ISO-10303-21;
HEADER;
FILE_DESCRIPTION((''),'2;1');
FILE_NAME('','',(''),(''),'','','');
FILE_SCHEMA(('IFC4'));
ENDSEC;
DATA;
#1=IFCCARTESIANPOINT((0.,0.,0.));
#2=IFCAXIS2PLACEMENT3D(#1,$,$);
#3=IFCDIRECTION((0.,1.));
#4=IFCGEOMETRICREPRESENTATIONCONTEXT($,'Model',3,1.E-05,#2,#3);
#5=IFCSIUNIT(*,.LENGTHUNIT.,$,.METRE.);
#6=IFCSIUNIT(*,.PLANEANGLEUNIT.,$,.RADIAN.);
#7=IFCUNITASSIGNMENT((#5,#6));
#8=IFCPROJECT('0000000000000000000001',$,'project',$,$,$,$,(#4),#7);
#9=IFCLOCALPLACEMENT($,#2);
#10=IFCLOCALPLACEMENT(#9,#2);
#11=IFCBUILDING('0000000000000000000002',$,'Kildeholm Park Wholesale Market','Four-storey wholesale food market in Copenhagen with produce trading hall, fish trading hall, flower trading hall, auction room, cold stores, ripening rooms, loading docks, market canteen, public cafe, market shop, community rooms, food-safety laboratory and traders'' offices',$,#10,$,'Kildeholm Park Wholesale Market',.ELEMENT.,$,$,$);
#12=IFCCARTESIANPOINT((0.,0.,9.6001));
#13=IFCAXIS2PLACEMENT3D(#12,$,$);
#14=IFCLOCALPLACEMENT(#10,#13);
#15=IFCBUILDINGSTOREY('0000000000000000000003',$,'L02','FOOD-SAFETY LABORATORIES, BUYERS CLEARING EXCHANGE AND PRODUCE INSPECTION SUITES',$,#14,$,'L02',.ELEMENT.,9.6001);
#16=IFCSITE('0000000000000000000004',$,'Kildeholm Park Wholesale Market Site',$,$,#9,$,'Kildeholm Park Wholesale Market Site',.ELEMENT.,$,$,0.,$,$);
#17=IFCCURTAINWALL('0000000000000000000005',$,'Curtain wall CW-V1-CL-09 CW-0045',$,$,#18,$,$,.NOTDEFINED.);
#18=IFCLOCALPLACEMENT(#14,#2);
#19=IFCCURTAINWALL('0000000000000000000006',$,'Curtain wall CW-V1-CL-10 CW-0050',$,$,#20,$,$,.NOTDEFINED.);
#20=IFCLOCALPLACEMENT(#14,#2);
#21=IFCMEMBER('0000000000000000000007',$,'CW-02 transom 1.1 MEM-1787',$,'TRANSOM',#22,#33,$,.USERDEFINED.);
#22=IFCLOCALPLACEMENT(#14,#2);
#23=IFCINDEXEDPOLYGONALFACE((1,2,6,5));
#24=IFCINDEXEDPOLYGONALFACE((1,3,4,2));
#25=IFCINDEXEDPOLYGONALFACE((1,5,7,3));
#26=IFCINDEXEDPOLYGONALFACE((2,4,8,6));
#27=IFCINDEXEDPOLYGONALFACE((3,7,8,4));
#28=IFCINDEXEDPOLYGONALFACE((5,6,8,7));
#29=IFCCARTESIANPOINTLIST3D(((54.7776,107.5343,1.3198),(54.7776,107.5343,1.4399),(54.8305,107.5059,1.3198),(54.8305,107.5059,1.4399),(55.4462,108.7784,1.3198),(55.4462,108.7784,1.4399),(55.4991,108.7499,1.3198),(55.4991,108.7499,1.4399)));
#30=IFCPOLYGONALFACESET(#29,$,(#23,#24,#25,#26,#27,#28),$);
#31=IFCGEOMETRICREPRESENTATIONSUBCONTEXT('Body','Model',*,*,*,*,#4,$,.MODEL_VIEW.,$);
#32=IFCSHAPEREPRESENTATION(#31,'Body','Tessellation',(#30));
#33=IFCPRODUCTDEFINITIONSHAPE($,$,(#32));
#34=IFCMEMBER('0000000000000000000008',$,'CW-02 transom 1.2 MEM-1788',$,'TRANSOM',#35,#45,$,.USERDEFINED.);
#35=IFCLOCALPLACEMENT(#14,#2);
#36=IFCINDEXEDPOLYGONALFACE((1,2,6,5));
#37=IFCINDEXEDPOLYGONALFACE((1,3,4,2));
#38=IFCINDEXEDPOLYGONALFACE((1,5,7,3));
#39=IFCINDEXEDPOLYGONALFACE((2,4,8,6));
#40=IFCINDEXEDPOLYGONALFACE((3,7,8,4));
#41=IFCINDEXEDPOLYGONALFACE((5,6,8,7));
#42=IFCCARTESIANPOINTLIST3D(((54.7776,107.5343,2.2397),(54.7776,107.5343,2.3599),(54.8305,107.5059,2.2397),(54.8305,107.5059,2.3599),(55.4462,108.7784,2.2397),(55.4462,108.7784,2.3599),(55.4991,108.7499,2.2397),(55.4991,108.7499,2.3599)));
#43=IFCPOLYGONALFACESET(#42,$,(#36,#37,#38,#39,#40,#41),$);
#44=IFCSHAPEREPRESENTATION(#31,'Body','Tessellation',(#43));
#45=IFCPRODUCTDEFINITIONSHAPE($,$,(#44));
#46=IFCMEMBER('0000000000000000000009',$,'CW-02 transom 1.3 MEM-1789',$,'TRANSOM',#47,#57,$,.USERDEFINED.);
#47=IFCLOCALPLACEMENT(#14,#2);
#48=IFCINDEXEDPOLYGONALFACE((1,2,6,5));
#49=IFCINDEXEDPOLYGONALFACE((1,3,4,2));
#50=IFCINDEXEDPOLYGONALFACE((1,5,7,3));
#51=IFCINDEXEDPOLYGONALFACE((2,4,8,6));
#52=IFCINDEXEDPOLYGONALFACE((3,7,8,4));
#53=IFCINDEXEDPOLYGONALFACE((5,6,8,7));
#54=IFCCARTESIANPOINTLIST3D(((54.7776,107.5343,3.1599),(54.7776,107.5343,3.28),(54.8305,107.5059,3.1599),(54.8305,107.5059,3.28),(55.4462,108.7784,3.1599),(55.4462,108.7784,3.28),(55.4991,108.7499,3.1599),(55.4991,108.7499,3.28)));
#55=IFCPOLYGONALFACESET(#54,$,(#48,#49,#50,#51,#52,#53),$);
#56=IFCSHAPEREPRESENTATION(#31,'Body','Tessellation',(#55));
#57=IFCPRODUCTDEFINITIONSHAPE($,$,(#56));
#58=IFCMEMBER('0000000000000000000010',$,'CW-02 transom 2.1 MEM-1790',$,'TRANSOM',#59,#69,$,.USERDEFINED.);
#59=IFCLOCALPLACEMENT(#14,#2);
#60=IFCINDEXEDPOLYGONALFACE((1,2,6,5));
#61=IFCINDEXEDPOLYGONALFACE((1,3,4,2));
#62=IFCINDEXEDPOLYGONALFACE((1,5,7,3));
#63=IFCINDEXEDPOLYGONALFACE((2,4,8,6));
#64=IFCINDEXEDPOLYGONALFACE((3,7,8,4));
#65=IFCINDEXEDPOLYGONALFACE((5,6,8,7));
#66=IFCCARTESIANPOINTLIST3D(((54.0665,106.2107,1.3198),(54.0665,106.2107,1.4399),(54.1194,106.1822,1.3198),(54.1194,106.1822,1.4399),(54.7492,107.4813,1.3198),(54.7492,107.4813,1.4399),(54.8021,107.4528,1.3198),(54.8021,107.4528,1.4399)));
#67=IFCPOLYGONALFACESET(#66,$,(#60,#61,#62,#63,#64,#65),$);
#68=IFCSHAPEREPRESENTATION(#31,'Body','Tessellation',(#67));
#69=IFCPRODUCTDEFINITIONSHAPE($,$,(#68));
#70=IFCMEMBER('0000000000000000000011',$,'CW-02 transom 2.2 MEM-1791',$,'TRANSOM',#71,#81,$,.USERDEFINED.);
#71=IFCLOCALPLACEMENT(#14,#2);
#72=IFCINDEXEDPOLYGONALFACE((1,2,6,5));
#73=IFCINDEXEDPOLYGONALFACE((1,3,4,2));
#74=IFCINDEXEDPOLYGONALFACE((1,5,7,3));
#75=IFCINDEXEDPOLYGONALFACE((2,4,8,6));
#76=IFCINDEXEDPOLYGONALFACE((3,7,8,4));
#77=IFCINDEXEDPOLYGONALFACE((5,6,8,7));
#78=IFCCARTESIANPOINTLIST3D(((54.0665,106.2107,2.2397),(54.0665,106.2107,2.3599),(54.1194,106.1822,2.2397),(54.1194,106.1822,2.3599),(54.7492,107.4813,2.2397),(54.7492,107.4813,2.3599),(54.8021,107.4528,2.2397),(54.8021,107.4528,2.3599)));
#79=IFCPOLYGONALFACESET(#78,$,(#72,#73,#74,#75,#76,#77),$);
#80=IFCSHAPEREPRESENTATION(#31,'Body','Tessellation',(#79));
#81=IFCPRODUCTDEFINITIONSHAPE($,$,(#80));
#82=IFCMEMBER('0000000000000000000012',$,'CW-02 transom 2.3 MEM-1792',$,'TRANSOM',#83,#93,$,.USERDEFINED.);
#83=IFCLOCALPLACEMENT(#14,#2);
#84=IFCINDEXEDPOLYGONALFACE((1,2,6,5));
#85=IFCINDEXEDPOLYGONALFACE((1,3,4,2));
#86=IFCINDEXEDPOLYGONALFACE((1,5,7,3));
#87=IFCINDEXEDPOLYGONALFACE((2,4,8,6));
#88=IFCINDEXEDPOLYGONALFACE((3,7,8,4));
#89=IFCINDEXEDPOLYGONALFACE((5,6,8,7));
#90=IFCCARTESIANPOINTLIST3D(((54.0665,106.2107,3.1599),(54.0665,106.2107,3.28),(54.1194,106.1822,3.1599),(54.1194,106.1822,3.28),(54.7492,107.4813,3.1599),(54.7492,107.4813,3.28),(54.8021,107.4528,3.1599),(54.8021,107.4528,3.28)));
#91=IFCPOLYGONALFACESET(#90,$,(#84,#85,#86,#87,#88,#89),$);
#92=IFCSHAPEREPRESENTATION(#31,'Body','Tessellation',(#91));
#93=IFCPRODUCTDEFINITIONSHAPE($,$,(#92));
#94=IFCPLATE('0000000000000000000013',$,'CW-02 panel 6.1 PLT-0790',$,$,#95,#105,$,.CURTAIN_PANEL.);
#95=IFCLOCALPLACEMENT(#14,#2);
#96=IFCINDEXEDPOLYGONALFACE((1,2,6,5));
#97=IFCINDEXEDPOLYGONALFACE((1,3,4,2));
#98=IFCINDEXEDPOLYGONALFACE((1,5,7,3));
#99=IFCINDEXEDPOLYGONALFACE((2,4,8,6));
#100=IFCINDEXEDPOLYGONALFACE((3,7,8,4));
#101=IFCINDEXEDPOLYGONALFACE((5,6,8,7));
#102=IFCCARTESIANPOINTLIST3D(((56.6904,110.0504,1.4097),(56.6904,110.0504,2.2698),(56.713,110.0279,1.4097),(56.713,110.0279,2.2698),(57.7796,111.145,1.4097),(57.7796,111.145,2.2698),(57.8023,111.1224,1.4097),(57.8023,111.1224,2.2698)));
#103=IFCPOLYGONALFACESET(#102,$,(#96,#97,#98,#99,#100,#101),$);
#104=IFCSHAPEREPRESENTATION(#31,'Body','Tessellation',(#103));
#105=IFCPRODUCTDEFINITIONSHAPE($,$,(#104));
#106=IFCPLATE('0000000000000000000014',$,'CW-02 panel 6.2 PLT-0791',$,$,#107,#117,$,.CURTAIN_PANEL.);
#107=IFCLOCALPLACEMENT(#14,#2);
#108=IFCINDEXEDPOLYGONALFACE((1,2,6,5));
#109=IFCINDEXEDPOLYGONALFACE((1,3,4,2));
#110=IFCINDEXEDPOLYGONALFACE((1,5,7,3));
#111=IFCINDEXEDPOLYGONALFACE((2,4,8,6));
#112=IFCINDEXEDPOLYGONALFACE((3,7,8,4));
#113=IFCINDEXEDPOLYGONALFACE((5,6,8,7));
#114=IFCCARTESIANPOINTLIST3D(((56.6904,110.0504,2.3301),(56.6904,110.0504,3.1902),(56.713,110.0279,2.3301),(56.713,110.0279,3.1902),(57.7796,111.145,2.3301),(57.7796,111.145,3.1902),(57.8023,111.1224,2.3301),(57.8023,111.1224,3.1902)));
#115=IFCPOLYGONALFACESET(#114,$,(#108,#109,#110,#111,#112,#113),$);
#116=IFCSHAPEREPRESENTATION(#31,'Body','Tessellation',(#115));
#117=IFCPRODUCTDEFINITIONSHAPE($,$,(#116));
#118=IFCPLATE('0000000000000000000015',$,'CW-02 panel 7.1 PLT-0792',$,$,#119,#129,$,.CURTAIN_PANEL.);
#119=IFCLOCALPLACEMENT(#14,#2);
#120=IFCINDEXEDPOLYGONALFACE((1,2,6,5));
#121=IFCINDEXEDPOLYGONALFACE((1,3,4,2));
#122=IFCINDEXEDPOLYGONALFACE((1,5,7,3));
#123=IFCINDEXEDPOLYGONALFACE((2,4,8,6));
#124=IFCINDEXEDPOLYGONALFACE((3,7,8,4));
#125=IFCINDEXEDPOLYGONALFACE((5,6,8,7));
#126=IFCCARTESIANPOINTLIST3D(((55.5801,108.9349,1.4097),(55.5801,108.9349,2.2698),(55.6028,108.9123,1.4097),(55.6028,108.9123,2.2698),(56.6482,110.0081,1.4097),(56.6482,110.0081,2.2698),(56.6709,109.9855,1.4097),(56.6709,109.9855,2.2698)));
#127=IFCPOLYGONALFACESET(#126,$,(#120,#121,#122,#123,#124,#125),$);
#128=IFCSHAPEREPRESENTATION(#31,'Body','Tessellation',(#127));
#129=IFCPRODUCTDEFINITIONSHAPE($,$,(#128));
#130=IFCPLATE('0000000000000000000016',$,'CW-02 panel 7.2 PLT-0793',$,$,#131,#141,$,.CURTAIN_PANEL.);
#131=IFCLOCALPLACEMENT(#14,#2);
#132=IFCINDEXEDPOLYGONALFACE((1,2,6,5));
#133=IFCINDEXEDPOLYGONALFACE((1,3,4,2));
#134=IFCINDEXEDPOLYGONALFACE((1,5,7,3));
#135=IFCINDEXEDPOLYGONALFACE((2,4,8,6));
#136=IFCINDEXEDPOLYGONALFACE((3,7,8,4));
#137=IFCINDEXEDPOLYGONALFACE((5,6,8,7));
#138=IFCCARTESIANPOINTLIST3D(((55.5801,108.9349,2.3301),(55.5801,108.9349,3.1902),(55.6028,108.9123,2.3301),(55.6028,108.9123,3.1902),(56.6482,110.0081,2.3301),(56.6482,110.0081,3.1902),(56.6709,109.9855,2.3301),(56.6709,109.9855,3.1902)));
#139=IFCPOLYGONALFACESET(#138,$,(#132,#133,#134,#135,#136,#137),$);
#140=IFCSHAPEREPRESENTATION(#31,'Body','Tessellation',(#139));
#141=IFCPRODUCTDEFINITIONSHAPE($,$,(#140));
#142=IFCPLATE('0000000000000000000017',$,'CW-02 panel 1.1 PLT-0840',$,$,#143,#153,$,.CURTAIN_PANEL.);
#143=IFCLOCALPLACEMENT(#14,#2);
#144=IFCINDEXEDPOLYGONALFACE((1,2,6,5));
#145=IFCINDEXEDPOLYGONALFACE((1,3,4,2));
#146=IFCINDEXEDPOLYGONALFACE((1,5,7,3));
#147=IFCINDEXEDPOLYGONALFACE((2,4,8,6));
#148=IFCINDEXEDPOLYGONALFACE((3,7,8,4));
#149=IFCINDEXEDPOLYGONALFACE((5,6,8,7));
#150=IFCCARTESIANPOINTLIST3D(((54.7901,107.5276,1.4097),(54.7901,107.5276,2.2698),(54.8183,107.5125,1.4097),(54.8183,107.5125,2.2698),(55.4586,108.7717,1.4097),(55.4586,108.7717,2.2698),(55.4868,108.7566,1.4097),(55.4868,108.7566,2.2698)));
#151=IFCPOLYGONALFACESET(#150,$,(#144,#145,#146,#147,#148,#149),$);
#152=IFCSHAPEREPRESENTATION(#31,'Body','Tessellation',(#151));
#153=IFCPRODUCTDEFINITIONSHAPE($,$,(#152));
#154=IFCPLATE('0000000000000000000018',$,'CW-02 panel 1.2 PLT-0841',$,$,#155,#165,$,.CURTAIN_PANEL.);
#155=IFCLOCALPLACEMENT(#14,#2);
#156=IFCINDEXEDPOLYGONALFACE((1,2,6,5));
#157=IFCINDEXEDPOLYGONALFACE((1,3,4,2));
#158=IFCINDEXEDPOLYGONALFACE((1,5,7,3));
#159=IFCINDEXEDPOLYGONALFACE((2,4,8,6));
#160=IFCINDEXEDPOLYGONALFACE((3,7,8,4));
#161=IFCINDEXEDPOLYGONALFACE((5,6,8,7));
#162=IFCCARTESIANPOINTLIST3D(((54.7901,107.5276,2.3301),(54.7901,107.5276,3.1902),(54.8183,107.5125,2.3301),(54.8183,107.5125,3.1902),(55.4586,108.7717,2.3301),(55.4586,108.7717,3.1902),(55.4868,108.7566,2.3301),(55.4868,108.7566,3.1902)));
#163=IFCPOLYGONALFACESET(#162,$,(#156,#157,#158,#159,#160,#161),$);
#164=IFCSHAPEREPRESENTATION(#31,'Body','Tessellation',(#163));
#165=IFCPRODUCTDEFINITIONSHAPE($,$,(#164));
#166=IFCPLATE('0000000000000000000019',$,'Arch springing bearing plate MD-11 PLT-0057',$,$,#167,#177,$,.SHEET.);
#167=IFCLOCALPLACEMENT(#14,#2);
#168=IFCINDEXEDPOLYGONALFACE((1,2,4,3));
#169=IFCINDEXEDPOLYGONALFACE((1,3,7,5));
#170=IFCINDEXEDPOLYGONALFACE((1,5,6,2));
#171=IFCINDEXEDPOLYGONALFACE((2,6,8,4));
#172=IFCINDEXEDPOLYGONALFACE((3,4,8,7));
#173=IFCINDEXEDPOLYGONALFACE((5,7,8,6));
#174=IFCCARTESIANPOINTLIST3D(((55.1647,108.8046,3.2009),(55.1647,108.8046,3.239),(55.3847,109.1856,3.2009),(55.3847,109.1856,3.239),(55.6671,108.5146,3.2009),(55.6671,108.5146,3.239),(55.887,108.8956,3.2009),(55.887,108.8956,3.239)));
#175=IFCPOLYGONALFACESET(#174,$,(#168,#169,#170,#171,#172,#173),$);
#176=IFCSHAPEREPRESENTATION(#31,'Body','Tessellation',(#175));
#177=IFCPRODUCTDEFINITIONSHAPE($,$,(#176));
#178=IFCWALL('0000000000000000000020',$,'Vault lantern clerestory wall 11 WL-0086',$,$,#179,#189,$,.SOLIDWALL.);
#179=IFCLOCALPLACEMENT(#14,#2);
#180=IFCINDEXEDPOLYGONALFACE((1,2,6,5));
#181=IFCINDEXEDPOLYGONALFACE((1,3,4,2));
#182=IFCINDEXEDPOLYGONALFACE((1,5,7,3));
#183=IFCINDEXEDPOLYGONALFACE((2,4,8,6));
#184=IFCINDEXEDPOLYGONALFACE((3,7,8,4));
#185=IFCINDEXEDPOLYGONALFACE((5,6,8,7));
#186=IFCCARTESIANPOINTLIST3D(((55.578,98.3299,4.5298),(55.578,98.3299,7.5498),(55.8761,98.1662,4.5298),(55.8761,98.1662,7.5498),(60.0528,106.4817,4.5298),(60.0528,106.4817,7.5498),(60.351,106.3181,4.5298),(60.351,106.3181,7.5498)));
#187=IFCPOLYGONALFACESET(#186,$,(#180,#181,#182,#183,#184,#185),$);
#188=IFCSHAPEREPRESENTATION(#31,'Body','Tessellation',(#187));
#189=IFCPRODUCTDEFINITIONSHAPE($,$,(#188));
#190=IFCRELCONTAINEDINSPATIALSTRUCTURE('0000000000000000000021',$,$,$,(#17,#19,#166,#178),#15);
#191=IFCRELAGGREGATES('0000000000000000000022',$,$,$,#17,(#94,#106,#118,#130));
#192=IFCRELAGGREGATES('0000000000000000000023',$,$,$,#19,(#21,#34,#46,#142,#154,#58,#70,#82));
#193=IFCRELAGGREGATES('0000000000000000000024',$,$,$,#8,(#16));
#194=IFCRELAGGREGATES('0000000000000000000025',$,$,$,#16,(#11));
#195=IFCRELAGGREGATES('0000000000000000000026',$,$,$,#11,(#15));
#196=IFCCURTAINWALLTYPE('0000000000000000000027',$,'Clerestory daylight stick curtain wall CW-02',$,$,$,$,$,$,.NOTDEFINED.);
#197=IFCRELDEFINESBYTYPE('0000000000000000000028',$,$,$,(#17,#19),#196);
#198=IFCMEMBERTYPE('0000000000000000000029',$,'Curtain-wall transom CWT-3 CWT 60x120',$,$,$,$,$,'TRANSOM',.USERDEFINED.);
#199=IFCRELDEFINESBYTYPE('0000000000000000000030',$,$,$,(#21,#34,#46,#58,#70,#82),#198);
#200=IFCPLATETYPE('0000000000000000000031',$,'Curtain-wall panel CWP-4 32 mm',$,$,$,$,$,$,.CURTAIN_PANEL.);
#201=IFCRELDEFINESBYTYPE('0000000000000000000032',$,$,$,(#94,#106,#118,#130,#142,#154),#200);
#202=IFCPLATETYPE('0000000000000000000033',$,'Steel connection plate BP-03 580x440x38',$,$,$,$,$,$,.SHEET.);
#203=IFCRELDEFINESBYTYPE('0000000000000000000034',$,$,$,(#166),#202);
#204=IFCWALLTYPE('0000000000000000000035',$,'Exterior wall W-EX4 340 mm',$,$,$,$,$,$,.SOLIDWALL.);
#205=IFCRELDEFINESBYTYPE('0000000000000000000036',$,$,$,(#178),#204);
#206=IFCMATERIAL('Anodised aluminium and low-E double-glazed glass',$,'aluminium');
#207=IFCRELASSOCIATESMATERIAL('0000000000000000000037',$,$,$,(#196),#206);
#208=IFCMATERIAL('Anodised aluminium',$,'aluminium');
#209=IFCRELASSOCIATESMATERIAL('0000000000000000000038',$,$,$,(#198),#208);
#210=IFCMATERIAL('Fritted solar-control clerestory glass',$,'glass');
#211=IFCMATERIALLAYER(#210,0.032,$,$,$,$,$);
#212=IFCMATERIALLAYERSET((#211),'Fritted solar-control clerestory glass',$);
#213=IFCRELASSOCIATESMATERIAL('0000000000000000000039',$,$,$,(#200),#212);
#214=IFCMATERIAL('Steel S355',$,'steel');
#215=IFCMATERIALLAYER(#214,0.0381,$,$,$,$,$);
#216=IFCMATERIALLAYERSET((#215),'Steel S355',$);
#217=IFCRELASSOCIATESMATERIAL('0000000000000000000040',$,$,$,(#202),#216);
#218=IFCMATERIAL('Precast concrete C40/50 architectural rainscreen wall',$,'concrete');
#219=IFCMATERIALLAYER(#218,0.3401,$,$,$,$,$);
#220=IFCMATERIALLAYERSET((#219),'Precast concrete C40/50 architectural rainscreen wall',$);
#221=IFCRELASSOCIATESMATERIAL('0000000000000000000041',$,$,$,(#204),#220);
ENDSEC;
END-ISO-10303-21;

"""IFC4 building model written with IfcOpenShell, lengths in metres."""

from ifc_helpers import new_model, si_unit, direction, frame, frame_2d, origin, origin_2d, place, context, subcontext, project, spatial, rectangle, extrude, material, layer, layer_set, material_profile, profile_set, type_object, element, aggregate, save


model = new_model("IFC4")

# Units and contexts
model_context = context("Model", 3, precision=1e-05, world=origin(), true_north=direction((0.0, 1.0)))
body_context = subcontext(model_context, "Body", "Model", "MODEL_VIEW")
ifc_project = project(units=[si_unit("LENGTHUNIT", "METRE"), si_unit("PLANEANGLEUNIT", "RADIAN")], contexts=[model_context])

# Site, building, storey
site_placement = place(None, origin())
site = spatial("IfcSite", under=ifc_project, at=site_placement, Name="Kildeholm Park Wholesale Market Site", LongName="Kildeholm Park Wholesale Market Site", CompositionType="ELEMENT", RefElevation=0.0)
building_placement = place(site_placement, origin())
building = spatial("IfcBuilding", under=site, at=building_placement, Name="Kildeholm Park Wholesale Market", Description="Four-storey wholesale food market in Copenhagen with produce trading hall, fish trading hall, flower trading hall, auction room, cold stores, ripening rooms, loading docks, market canteen, public cafe, market shop, community rooms, food-safety laboratory and traders' offices", LongName="Kildeholm Park Wholesale Market", CompositionType="ELEMENT")
storey_placement = place(building_placement, frame((0.0, 0.0, 9.6001)))
storey = spatial("IfcBuildingStorey", under=building, at=storey_placement, Name="L02", Description="FOOD-SAFETY LABORATORIES, BUYERS CLEARING EXCHANGE AND PRODUCE INSPECTION SUITES", LongName="L02", CompositionType="ELEMENT", Elevation=9.6001)

# Shared definitions
ifc_material_1 = material(Name="Steel S355", Category="steel")

# Curtain walls
ifc_material_2 = material(Name="Anodised aluminium and low-E double-glazed glass", Category="aluminium")
curtain_wall_type = type_object("IfcCurtainWallType", Name="Clerestory daylight stick curtain wall CW-02", PredefinedType="NOTDEFINED", material=ifc_material_2)
curtain_wall_1_placement = place(storey_placement, origin())
curtain_wall_1 = element("IfcCurtainWall", 1, at=curtain_wall_1_placement, inside=storey, type_object=curtain_wall_type, Name="Curtain wall CW-V1-CL-09 CW-0045", PredefinedType="NOTDEFINED")
ifc_material_3 = material(Name="Anodised aluminium", Category="aluminium")
curtain_wall_2_placement = place(storey_placement, origin())
curtain_wall_2 = element("IfcCurtainWall", 2, at=curtain_wall_2_placement, inside=storey, type_object=curtain_wall_type, Name="Curtain wall CW-V1-CL-10 CW-0050", PredefinedType="NOTDEFINED")

# Members
ifc_material_profile_1 = material_profile(ifc_material_3, rectangle(XDim=0.0601, YDim=0.1201, at=origin_2d()), Name="CWT 60x120")
ifc_profile_set_1 = profile_set([ifc_material_profile_1], Name="Anodised aluminium")
member_type_1 = type_object("IfcMemberType", Name="Curtain-wall transom CWT-3 CWT 60x120", ElementType="TRANSOM", PredefinedType="USERDEFINED", material=ifc_profile_set_1)
member_1_placement = place(storey_placement, frame((55.4727, 108.7642, 1.3799), z_axis=(-0.47343, -0.880832, 0.0), x_axis=(0.880832, -0.47343, 0.0)))
member_1 = element("IfcMember", 3, at=member_1_placement, type_object=member_type_1, Name="CW-02 transom 1.1 MEM-1787", ObjectType="TRANSOM", PredefinedType="USERDEFINED", context=body_context, shape_type="SweptSolid", body=[
    extrude(rectangle(XDim=0.0601, YDim=0.1201, at=origin_2d()), origin(), (0.0, 0.0, 1.0), 1.4124),
])
member_2_placement = place(storey_placement, frame((55.4727, 108.7642, 2.2998), z_axis=(-0.47343, -0.880832, 0.0), x_axis=(0.880832, -0.47343, 0.0)))
member_2 = element("IfcMember", 4, at=member_2_placement, type_object=member_type_1, Name="CW-02 transom 1.2 MEM-1788", ObjectType="TRANSOM", PredefinedType="USERDEFINED", context=body_context, shape_type="SweptSolid", body=[
    extrude(rectangle(XDim=0.0601, YDim=0.1201, at=origin_2d()), origin(), (0.0, 0.0, 1.0), 1.4124),
])
member_3_placement = place(storey_placement, frame((55.4727, 108.7642, 3.22), z_axis=(-0.47343, -0.880832, 0.0), x_axis=(0.880832, -0.47343, 0.0)))
member_3 = element("IfcMember", 5, at=member_3_placement, type_object=member_type_1, Name="CW-02 transom 1.3 MEM-1789", ObjectType="TRANSOM", PredefinedType="USERDEFINED", context=body_context, shape_type="SweptSolid", body=[
    extrude(rectangle(XDim=0.0601, YDim=0.1201, at=origin_2d()), origin(), (0.0, 0.0, 1.0), 1.4124),
])
member_4_placement = place(storey_placement, frame((54.7756, 107.467, 1.3799), z_axis=(-0.473292, -0.880906, 0.0), x_axis=(0.880906, -0.473292, 0.0)))
member_4 = element("IfcMember", 6, at=member_4_placement, type_object=member_type_1, Name="CW-02 transom 2.1 MEM-1790", ObjectType="TRANSOM", PredefinedType="USERDEFINED", context=body_context, shape_type="SweptSolid", body=[
    extrude(rectangle(XDim=0.0601, YDim=0.1201, at=origin_2d()), origin(), (0.0, 0.0, 1.0), 1.4424),
])
member_5_placement = place(storey_placement, frame((54.7756, 107.467, 2.2998), z_axis=(-0.473292, -0.880906, 0.0), x_axis=(0.880906, -0.473292, 0.0)))
member_5 = element("IfcMember", 7, at=member_5_placement, type_object=member_type_1, Name="CW-02 transom 2.2 MEM-1791", ObjectType="TRANSOM", PredefinedType="USERDEFINED", context=body_context, shape_type="SweptSolid", body=[
    extrude(rectangle(XDim=0.0601, YDim=0.1201, at=origin_2d()), origin(), (0.0, 0.0, 1.0), 1.4424),
])
member_6_placement = place(storey_placement, frame((54.7756, 107.467, 3.22), z_axis=(-0.473292, -0.880906, 0.0), x_axis=(0.880906, -0.473292, 0.0)))
member_6 = element("IfcMember", 8, at=member_6_placement, type_object=member_type_1, Name="CW-02 transom 2.3 MEM-1792", ObjectType="TRANSOM", PredefinedType="USERDEFINED", context=body_context, shape_type="SweptSolid", body=[
    extrude(rectangle(XDim=0.0601, YDim=0.1201, at=origin_2d()), origin(), (0.0, 0.0, 1.0), 1.4424),
])

# Plates
ifc_material_4 = material(Name="Fritted solar-control clerestory glass", Category="glass")
ifc_layer_1 = layer(ifc_material_4, 0.032)
ifc_layer_set_1 = layer_set([ifc_layer_1], Name="Fritted solar-control clerestory glass")
plate_type_1 = type_object("IfcPlateType", Name="Curtain-wall panel CWP-4 32 mm", PredefinedType="CURTAIN_PANEL", material=ifc_layer_set_1)
plate_1_placement = place(storey_placement, frame((57.2463, 110.5864, 1.4097), z_axis=(0.0, 0.0, 1.0), x_axis=(-0.705413, -0.708797, 0.0)))
plate_1 = element("IfcPlate", 9, at=plate_1_placement, type_object=plate_type_1, Name="CW-02 panel 6.1 PLT-0790", PredefinedType="CURTAIN_PANEL", context=body_context, shape_type="SweptSolid", body=[
    extrude(rectangle(XDim=1.5442, YDim=0.032, at=origin_2d()), origin(), (0.0, 0.0, 1.0), 0.8601),
])
plate_2_placement = place(storey_placement, frame((57.2463, 110.5864, 2.3301), z_axis=(0.0, 0.0, 1.0), x_axis=(-0.705413, -0.708797, 0.0)))
plate_2 = element("IfcPlate", 10, at=plate_2_placement, type_object=plate_type_1, Name="CW-02 panel 6.2 PLT-0791", PredefinedType="CURTAIN_PANEL", context=body_context, shape_type="SweptSolid", body=[
    extrude(rectangle(XDim=1.5442, YDim=0.032, at=origin_2d()), origin(), (0.0, 0.0, 1.0), 0.8601),
])
plate_3_placement = place(storey_placement, frame((56.1255, 109.4602, 1.4097), z_axis=(0.0, 0.0, 1.0), x_axis=(-0.705413, -0.708797, 0.0)))
plate_3 = element("IfcPlate", 11, at=plate_3_placement, type_object=plate_type_1, Name="CW-02 panel 7.1 PLT-0792", PredefinedType="CURTAIN_PANEL", context=body_context, shape_type="SweptSolid", body=[
    extrude(rectangle(XDim=1.5142, YDim=0.032, at=origin_2d()), origin(), (0.0, 0.0, 1.0), 0.8601),
])
plate_4_placement = place(storey_placement, frame((56.1255, 109.4602, 2.3301), z_axis=(0.0, 0.0, 1.0), x_axis=(-0.705413, -0.708797, 0.0)))
plate_4 = element("IfcPlate", 12, at=plate_4_placement, type_object=plate_type_1, Name="CW-02 panel 7.2 PLT-0793", PredefinedType="CURTAIN_PANEL", context=body_context, shape_type="SweptSolid", body=[
    extrude(rectangle(XDim=1.5142, YDim=0.032, at=origin_2d()), origin(), (0.0, 0.0, 1.0), 0.8601),
])
aggregate(curtain_wall_1, [plate_1, plate_2, plate_3, plate_4])
plate_5_placement = place(storey_placement, frame((55.1384, 108.1421, 1.4097), z_axis=(0.0, 0.0, 1.0), x_axis=(-0.47334, -0.88088, 0.0)))
plate_5 = element("IfcPlate", 13, at=plate_5_placement, type_object=plate_type_1, Name="CW-02 panel 1.1 PLT-0840", PredefinedType="CURTAIN_PANEL", context=body_context, shape_type="SweptSolid", body=[
    extrude(rectangle(XDim=1.4124, YDim=0.032, at=origin_2d()), origin(), (0.0, 0.0, 1.0), 0.8601),
])
plate_6_placement = place(storey_placement, frame((55.1384, 108.1421, 2.3301), z_axis=(0.0, 0.0, 1.0), x_axis=(-0.47334, -0.88088, 0.0)))
plate_6 = element("IfcPlate", 14, at=plate_6_placement, type_object=plate_type_1, Name="CW-02 panel 1.2 PLT-0841", PredefinedType="CURTAIN_PANEL", context=body_context, shape_type="SweptSolid", body=[
    extrude(rectangle(XDim=1.4124, YDim=0.032, at=origin_2d()), origin(), (0.0, 0.0, 1.0), 0.8601),
])
aggregate(curtain_wall_2, [member_1, member_2, member_3, plate_5, plate_6, member_4, member_5, member_6])
ifc_layer_2 = layer(ifc_material_1, 0.0381)
ifc_layer_set_2 = layer_set([ifc_layer_2], Name="Steel S355")
plate_type_2 = type_object("IfcPlateType", Name="Steel connection plate BP-03 580x440x38", PredefinedType="SHEET", material=ifc_layer_set_2)
plate_7_placement = place(storey_placement, frame((55.5259, 108.8501, 3.2009), z_axis=(0.0, 0.0, 1.0), x_axis=(-0.866025, 0.5, 0.0)))
element("IfcPlate", 15, at=plate_7_placement, inside=storey, type_object=plate_type_2, Name="Arch springing bearing plate MD-11 PLT-0057", PredefinedType="SHEET", context=body_context, shape_type="SweptSolid", body=[
    extrude(rectangle(XDim=0.5801, YDim=0.4399, at=origin_2d()), origin(), (0.0, 0.0, 1.0), 0.0381),
])

# Wall
ifc_material_5 = material(Name="Precast concrete C40/50 architectural rainscreen wall", Category="concrete")
ifc_layer_3 = layer(ifc_material_5, 0.3401)
ifc_layer_set_3 = layer_set([ifc_layer_3], Name="Precast concrete C40/50 architectural rainscreen wall")
wall_type = type_object("IfcWallType", Name="Exterior wall W-EX4 340 mm", PredefinedType="SOLIDWALL", material=ifc_layer_set_3)
wall_1_placement = place(storey_placement, frame((60.2019, 106.3999, 4.5298), z_axis=(0.0, 0.0, 1.0), x_axis=(-0.481203, -0.876609, 0.0)))
element("IfcWall", 16, at=wall_1_placement, inside=storey, type_object=wall_type, Name="Vault lantern clerestory wall 11 WL-0086", PredefinedType="SOLIDWALL", context=body_context, shape_type="SweptSolid", body=[
    extrude(rectangle(XDim=9.2993, YDim=0.3401, at=frame_2d((4.6497, 0.0))), origin(), (0.0, 0.0, 1.0), 3.02),
])

save(model, "model.ifc")
